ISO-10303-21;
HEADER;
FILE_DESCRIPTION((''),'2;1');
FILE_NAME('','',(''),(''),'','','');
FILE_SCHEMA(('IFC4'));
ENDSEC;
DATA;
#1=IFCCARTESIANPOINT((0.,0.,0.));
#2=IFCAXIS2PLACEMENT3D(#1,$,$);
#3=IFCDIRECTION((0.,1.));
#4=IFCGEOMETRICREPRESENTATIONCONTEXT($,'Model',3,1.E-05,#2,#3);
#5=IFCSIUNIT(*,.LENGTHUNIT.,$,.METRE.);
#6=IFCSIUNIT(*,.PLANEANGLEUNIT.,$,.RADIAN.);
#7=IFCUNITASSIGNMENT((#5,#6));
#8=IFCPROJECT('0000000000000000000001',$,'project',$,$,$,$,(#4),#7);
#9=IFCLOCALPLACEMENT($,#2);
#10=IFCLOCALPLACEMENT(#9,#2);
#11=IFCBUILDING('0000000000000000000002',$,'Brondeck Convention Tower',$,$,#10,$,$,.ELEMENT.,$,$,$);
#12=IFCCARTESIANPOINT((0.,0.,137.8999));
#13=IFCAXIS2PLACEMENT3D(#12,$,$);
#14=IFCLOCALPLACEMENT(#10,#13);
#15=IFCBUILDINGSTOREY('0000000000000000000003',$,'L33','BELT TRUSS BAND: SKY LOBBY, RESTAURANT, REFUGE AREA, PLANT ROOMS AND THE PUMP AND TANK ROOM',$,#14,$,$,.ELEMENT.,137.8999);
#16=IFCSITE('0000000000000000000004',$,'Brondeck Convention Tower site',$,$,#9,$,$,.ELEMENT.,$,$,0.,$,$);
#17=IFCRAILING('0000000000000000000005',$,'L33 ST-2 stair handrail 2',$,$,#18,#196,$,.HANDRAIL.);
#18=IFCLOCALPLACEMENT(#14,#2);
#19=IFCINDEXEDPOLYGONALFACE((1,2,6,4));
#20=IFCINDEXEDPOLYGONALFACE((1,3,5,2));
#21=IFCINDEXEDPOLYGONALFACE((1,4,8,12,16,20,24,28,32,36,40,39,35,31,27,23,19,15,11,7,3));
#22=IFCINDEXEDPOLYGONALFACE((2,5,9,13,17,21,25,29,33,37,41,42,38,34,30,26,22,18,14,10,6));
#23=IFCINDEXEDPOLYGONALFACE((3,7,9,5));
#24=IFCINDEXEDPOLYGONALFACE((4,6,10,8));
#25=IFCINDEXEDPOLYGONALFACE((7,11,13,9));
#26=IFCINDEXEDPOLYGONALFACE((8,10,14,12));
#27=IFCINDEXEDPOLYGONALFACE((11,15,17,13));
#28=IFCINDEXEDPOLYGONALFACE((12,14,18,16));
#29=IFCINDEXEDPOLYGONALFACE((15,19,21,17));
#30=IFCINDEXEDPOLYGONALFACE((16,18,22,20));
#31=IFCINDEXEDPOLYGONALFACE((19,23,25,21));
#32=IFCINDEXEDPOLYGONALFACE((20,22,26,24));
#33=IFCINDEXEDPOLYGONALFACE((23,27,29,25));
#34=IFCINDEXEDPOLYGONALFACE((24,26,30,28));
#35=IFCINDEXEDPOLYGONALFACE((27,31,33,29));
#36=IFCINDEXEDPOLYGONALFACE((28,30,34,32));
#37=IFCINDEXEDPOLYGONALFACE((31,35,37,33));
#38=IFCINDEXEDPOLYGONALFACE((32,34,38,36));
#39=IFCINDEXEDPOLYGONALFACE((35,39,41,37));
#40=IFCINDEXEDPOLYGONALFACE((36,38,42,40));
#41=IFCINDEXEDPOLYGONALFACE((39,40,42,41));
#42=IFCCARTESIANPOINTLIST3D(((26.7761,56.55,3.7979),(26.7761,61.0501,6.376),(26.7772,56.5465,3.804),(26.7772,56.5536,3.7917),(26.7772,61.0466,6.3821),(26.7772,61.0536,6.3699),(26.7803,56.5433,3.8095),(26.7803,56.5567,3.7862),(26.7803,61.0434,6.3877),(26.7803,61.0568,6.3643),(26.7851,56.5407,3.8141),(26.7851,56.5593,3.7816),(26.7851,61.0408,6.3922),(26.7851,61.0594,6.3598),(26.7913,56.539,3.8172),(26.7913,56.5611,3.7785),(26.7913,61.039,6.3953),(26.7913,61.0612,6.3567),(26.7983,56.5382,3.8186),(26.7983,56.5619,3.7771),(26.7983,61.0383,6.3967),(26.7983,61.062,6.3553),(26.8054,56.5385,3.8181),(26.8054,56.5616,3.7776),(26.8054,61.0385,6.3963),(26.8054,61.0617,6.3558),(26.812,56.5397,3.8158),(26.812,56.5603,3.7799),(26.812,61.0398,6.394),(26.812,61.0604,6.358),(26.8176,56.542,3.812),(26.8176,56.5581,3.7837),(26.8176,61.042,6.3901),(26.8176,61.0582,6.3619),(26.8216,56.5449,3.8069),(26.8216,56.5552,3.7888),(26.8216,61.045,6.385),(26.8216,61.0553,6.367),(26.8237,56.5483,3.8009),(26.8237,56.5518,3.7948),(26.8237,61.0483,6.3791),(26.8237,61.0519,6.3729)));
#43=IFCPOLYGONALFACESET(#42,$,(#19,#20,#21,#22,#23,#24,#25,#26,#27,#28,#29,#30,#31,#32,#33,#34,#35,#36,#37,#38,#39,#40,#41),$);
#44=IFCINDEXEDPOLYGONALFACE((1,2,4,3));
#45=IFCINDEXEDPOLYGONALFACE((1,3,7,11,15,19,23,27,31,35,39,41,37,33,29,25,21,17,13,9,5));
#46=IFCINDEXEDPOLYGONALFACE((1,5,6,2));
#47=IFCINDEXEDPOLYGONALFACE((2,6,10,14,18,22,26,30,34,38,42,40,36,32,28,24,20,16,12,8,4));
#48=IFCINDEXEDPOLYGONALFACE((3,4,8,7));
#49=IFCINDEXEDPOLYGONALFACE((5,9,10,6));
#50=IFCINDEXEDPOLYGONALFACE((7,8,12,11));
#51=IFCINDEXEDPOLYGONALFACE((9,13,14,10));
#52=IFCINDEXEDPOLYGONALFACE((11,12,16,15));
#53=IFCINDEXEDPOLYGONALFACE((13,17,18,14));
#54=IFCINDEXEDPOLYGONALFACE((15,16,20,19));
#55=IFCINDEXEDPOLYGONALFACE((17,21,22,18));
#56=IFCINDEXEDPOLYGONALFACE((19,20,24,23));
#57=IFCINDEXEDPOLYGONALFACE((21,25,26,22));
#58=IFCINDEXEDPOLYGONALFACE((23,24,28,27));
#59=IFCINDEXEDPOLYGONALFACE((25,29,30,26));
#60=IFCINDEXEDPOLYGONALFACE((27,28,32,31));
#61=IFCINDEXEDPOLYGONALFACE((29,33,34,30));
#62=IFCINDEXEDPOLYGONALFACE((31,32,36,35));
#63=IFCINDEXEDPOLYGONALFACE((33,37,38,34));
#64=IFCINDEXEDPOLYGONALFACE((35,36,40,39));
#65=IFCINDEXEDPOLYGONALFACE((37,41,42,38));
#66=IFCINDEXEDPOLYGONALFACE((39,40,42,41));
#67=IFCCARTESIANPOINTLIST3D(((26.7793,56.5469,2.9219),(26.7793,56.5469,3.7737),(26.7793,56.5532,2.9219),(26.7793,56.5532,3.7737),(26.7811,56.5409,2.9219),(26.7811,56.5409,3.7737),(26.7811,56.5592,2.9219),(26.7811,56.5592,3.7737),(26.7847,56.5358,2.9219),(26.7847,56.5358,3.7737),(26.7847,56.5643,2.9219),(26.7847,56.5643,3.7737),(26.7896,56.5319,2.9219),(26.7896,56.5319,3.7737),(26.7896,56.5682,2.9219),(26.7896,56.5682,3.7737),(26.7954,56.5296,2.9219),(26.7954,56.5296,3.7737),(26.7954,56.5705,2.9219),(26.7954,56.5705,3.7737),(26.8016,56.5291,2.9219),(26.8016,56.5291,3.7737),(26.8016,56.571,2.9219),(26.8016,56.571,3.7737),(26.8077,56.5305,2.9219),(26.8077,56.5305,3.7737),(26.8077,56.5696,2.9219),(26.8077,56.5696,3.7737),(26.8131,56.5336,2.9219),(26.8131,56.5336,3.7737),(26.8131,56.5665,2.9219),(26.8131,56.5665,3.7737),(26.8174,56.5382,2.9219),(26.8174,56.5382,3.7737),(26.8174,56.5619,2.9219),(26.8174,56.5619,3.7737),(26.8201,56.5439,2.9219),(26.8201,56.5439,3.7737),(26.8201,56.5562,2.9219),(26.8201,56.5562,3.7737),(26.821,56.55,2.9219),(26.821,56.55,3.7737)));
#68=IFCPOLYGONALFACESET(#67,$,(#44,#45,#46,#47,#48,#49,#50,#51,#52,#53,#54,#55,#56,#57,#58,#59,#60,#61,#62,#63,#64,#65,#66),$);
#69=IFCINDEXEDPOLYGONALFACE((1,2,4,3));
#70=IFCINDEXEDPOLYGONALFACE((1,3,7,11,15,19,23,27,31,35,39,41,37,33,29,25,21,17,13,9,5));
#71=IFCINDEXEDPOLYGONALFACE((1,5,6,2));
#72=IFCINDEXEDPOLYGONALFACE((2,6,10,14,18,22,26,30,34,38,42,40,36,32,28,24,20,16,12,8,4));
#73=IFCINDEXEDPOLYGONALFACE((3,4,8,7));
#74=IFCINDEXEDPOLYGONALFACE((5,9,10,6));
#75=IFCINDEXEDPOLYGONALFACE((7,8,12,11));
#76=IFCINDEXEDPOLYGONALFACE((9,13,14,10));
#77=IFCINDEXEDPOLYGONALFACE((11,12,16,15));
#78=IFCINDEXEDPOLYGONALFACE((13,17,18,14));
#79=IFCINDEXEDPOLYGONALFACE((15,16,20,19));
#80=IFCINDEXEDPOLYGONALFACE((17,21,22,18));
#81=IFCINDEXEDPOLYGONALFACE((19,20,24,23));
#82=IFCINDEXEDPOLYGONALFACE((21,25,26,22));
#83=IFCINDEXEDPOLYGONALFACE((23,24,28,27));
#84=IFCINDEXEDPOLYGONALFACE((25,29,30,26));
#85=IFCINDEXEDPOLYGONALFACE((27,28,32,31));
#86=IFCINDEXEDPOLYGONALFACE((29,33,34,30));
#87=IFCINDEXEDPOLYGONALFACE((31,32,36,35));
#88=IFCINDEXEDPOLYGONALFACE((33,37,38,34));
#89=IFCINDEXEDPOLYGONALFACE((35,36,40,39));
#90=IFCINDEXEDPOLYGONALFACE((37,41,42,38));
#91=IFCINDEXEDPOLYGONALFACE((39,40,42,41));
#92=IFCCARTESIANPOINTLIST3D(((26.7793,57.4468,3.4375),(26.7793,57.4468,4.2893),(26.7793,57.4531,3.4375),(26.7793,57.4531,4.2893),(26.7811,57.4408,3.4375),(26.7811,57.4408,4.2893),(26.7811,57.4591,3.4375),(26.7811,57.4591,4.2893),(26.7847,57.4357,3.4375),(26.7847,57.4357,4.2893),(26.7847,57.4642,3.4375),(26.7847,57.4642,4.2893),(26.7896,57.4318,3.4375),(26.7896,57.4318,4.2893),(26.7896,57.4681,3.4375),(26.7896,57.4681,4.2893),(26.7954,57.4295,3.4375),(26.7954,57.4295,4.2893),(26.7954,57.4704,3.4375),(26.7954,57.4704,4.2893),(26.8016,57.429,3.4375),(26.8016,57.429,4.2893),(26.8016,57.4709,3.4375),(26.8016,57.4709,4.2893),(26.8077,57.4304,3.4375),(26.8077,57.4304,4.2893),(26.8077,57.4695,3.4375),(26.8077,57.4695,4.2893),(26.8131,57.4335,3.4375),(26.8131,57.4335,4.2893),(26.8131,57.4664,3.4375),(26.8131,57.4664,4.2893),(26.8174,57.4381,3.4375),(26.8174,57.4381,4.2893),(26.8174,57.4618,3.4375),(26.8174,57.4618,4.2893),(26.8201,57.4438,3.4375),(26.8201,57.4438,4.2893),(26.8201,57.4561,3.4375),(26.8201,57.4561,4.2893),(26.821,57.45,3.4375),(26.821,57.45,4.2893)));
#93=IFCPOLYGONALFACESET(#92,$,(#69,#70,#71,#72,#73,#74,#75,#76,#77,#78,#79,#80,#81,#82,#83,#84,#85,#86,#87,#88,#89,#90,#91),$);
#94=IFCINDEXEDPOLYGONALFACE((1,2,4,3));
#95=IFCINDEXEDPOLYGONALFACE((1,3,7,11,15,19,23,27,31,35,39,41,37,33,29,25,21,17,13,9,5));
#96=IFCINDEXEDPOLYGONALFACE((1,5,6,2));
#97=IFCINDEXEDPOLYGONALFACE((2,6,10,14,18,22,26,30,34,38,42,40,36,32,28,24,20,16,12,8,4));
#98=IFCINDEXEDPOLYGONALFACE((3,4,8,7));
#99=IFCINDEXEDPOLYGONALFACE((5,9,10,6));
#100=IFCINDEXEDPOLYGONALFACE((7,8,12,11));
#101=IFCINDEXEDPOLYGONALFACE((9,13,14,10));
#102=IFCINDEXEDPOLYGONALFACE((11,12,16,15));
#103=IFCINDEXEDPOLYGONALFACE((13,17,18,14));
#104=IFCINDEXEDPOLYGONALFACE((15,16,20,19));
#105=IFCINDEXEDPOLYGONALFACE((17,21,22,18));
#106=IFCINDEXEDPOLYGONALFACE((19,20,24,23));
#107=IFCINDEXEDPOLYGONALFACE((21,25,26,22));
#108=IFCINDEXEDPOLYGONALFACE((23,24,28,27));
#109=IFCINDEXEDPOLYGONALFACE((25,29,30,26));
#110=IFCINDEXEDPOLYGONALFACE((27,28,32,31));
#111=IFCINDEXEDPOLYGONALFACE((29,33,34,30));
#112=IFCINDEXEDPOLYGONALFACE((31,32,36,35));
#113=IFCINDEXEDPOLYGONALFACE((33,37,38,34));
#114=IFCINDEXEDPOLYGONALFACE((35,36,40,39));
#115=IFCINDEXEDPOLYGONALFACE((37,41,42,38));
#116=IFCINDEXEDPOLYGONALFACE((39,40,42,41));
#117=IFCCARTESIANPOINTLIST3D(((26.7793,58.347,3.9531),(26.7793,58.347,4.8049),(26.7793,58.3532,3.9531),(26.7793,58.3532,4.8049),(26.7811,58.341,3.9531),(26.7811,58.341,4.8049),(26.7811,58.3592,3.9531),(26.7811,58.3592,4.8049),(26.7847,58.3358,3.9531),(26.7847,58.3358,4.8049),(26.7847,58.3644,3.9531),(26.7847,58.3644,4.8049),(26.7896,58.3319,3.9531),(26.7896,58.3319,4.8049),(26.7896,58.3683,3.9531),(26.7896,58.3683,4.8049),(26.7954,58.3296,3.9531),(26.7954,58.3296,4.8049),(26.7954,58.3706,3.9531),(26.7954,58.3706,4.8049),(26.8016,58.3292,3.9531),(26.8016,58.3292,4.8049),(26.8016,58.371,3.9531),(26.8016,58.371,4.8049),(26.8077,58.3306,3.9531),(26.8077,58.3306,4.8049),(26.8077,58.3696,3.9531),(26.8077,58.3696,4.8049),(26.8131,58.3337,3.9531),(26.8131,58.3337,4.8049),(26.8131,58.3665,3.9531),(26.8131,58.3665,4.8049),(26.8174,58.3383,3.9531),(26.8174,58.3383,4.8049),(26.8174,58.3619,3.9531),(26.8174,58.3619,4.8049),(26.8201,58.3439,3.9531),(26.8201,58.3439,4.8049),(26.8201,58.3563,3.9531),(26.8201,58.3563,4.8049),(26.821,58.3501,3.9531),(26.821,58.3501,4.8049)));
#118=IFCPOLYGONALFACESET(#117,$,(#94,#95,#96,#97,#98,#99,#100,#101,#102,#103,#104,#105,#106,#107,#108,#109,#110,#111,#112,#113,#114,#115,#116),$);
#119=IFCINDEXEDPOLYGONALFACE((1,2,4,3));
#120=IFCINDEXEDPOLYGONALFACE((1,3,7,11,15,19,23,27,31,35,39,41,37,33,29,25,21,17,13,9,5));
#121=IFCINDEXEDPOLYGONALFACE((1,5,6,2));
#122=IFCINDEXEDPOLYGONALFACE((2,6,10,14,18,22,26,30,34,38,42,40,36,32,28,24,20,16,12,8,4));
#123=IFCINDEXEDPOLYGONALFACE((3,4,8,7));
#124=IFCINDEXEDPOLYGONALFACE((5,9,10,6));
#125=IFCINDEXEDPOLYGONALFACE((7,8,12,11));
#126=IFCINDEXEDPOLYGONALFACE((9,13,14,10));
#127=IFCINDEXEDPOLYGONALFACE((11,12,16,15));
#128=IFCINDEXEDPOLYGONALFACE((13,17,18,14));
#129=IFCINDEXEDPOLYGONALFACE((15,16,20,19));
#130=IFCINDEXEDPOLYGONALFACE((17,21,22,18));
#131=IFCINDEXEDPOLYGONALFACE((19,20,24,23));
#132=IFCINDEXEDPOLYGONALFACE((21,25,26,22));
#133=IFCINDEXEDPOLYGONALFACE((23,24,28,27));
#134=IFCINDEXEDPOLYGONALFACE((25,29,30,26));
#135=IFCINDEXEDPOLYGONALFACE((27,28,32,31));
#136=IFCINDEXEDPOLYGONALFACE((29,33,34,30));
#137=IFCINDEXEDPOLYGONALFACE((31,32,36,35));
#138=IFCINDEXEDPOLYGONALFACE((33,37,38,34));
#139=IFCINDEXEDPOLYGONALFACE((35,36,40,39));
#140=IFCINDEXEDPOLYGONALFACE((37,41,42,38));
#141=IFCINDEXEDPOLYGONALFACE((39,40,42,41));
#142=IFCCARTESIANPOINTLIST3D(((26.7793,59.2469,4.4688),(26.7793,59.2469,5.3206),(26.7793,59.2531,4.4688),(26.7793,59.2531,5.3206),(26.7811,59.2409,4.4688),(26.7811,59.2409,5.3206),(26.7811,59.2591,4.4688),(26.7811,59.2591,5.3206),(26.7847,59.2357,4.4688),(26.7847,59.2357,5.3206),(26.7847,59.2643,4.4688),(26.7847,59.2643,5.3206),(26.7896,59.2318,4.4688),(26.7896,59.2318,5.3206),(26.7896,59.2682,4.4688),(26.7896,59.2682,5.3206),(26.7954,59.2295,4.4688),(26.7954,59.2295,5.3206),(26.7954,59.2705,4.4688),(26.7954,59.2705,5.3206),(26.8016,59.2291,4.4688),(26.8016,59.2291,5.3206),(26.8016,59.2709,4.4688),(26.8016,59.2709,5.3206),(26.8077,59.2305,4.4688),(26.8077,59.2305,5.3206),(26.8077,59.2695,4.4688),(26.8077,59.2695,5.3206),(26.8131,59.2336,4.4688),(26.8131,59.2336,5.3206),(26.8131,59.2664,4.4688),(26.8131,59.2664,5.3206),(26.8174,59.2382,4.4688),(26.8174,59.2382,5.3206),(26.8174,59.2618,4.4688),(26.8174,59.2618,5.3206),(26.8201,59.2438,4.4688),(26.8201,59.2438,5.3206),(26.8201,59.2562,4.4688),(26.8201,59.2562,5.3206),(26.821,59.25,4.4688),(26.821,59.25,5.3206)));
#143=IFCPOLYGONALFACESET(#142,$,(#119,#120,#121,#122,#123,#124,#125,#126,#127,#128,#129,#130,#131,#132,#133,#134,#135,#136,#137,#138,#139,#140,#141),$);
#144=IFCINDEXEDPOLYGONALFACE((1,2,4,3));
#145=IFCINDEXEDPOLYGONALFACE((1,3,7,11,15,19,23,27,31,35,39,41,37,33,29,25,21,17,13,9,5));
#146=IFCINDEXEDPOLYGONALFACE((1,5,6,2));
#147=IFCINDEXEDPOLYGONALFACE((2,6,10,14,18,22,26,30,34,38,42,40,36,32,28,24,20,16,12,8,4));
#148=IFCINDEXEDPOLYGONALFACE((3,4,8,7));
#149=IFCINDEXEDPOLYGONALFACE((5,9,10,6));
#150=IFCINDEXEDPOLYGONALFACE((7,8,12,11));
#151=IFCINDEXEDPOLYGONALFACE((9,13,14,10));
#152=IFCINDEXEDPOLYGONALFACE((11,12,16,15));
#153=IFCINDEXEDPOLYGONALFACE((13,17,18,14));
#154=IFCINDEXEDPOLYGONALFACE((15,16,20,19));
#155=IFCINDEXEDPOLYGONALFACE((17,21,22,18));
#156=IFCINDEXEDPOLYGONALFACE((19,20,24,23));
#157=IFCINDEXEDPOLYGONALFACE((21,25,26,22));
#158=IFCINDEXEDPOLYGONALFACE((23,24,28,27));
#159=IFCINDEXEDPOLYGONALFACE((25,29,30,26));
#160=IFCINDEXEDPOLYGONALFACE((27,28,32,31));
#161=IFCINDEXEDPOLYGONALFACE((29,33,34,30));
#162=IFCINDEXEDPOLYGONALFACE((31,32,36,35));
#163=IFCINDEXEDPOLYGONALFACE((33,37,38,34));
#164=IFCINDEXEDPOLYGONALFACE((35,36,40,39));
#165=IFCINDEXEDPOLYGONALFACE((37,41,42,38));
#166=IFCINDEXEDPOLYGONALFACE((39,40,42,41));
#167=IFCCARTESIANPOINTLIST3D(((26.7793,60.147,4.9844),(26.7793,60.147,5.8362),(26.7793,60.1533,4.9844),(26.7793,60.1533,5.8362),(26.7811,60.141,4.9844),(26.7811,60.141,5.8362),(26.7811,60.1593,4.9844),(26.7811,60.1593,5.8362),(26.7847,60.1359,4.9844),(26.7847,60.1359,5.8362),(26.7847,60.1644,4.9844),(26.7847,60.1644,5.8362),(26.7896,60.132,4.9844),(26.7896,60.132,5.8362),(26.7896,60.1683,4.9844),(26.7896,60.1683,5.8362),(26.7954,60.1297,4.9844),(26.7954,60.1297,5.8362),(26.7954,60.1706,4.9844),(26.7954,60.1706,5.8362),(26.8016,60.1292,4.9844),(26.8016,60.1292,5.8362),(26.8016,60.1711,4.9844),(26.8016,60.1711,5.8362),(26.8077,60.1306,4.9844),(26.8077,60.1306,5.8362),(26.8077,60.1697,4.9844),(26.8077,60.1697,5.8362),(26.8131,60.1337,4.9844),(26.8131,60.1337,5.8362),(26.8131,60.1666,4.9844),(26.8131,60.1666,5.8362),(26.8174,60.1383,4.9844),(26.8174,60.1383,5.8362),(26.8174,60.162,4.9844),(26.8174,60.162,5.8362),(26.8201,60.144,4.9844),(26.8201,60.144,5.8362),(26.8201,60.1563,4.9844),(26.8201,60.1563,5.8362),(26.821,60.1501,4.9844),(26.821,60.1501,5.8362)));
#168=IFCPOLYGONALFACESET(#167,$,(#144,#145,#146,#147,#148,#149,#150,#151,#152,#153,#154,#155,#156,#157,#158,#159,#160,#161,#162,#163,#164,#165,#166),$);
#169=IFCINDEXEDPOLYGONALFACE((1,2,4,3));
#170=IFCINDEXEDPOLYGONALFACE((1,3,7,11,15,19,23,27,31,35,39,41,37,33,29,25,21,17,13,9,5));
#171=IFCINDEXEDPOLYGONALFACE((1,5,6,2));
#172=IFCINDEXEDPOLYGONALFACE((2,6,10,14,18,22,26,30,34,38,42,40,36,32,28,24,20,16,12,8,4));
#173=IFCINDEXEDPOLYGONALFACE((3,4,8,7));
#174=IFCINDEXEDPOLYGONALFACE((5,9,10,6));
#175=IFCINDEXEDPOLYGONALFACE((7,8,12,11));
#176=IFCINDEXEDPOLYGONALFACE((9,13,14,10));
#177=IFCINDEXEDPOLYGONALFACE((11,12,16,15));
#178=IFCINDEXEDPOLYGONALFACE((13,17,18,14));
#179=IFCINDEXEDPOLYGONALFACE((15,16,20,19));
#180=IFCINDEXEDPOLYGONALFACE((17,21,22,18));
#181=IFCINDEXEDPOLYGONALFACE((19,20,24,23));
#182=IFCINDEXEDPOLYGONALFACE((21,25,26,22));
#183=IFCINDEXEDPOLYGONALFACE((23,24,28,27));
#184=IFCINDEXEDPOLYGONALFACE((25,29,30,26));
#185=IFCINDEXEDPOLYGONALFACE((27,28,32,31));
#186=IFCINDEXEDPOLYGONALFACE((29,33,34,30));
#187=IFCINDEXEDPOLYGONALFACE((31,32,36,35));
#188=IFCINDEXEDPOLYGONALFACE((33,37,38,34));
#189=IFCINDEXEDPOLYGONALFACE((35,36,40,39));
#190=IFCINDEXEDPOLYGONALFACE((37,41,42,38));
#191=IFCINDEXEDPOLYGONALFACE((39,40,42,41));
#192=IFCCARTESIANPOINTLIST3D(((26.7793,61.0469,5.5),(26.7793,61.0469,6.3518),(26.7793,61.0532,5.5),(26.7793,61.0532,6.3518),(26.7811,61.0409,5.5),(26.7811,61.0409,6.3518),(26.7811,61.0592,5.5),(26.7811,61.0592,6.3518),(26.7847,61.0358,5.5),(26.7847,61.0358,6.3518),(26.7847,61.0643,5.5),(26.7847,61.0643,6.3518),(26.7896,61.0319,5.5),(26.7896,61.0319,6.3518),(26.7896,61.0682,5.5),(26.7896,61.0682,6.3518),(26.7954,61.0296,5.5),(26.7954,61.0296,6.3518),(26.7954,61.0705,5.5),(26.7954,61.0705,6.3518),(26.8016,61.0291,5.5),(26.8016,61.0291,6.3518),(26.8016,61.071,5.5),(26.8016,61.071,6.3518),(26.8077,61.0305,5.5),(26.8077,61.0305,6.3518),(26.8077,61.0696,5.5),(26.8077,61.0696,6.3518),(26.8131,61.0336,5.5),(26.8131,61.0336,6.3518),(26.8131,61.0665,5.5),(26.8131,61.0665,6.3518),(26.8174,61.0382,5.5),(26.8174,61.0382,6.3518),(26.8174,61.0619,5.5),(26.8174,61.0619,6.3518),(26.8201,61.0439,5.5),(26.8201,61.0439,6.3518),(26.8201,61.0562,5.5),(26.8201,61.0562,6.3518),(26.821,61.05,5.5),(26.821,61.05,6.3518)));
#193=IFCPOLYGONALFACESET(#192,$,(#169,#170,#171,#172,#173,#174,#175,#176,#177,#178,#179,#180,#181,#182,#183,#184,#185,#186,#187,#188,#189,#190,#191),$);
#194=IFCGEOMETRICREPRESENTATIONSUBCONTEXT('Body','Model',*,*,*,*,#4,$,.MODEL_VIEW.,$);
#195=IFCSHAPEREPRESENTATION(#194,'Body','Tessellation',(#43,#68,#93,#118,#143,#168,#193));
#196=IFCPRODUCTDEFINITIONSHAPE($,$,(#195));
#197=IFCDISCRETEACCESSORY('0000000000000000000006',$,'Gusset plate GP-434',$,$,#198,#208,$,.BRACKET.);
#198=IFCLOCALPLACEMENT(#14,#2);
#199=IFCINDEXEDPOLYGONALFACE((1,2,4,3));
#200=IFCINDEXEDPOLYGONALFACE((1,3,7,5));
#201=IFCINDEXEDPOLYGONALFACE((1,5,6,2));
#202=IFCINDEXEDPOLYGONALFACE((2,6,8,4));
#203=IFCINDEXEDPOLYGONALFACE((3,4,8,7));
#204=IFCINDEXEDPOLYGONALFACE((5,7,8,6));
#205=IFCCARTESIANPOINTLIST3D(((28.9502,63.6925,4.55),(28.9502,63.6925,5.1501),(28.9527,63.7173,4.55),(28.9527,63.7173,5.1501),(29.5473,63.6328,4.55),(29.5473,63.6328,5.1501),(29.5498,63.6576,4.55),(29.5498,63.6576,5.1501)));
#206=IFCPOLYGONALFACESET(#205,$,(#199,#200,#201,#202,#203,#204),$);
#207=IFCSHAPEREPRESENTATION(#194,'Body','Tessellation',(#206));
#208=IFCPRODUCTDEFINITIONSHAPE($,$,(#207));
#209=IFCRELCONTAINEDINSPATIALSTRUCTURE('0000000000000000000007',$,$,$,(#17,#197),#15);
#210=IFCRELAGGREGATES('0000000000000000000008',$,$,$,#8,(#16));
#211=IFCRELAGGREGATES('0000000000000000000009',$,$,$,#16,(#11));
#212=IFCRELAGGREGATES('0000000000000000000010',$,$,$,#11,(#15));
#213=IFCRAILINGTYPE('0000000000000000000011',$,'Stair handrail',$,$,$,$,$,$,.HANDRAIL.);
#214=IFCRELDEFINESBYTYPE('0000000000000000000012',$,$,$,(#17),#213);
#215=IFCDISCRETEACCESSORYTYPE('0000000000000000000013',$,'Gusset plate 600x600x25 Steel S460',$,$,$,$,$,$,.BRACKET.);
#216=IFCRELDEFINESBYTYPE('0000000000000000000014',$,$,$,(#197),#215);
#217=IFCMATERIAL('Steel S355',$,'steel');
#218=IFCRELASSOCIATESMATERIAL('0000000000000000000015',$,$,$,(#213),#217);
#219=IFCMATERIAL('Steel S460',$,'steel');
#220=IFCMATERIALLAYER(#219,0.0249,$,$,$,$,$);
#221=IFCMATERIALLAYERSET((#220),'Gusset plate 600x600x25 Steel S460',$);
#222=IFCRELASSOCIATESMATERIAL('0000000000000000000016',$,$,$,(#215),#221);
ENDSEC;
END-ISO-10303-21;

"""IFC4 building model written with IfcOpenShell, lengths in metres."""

from ifc_helpers import new_model, si_unit, direction, frame, origin, origin_2d, place, context, subcontext, project, spatial, rectangle, circle, extrude, material, layer, layer_set, type_object, element, save


model = new_model("IFC4")

# Units and contexts
model_context = context("Model", 3, precision=1e-05, world=origin(), true_north=direction((0.0, 1.0)))
body_context = subcontext(model_context, "Body", "Model", "MODEL_VIEW")
ifc_project = project(units=[si_unit("LENGTHUNIT", "METRE"), si_unit("PLANEANGLEUNIT", "RADIAN")], contexts=[model_context])

# Site, building, storey
site_placement = place(None, origin())
site = spatial("IfcSite", under=ifc_project, at=site_placement, Name="Brondeck Convention Tower site", CompositionType="ELEMENT", RefElevation=0.0)
building_placement = place(site_placement, origin())
building = spatial("IfcBuilding", under=site, at=building_placement, Name="Brondeck Convention Tower", CompositionType="ELEMENT")
storey_placement = place(building_placement, frame((0.0, 0.0, 137.8999)))
storey = spatial("IfcBuildingStorey", under=building, at=storey_placement, Name="L33", Description="BELT TRUSS BAND: SKY LOBBY, RESTAURANT, REFUGE AREA, PLANT ROOMS AND THE PUMP AND TANK ROOM", CompositionType="ELEMENT", Elevation=137.8999)

# Shared definitions
ifc_material_1 = material(Name="Steel S460", Category="steel")

# Railing
ifc_material_2 = material(Name="Steel S355", Category="steel")
railing_type_1 = type_object("IfcRailingType", Name="Stair handrail", PredefinedType="HANDRAIL", material=ifc_material_2)
railing_1_placement = place(storey_placement, frame((26.8, 56.55, 2.9219)))
element("IfcRailing", 1, at=railing_1_placement, inside=storey, type_object=railing_type_1, Name="L33 ST-2 stair handrail 2", PredefinedType="HANDRAIL", context=body_context, shape_type="SweptSolid", body=[
    extrude(circle(Radius=0.0239, at=origin_2d()), frame((0.0, 0.0, 0.876), z_axis=(0.0, 0.867686, 0.497112), x_axis=(-1.0, 0.0, 0.0)), (0.0, 0.0, 1.0), 5.1863),
    extrude(circle(Radius=0.021, at=origin_2d()), origin(), (0.0, 0.0, 1.0), 0.8518),
    extrude(circle(Radius=0.021, at=origin_2d()), frame((0.0, 0.8999, 0.5156)), (0.0, 0.0, 1.0), 0.8518),
    extrude(circle(Radius=0.021, at=origin_2d()), frame((0.0, 1.8, 1.0312)), (0.0, 0.0, 1.0), 0.8518),
    extrude(circle(Radius=0.021, at=origin_2d()), frame((0.0, 2.7, 1.5469)), (0.0, 0.0, 1.0), 0.8518),
    extrude(circle(Radius=0.021, at=origin_2d()), frame((0.0, 3.6001, 2.0625)), (0.0, 0.0, 1.0), 0.8518),
    extrude(circle(Radius=0.021, at=origin_2d()), frame((0.0, 4.5, 2.5781)), (0.0, 0.0, 1.0), 0.8518),
])

# Discrete accessory
ifc_layer_1 = layer(ifc_material_1, 0.0249)
ifc_layer_set_1 = layer_set([ifc_layer_1], Name="Gusset plate 600x600x25 Steel S460")
discrete_accessory_type = type_object("IfcDiscreteAccessoryType", Name="Gusset plate 600x600x25 Steel S460", PredefinedType="BRACKET", material=ifc_layer_set_1)
for number, where, z_axis, x_axis, name in (
    (2, (29.25, 63.675, 4.55), (0.0, 0.0, 1.0), (-0.995036, 0.099511, 0.0), "Gusset plate GP-434"),
):
    element("IfcDiscreteAccessory", number, at=place(storey_placement, frame(where, z_axis=z_axis, x_axis=x_axis)), inside=storey, type_object=discrete_accessory_type, Name=name, PredefinedType="BRACKET", context=body_context, shape_type="SweptSolid", body=[
        extrude(rectangle(XDim=0.6001, YDim=0.0249, at=origin_2d()), origin(), (0.0, 0.0, 1.0), 0.6001),
    ])

save(model, "model.ifc")
